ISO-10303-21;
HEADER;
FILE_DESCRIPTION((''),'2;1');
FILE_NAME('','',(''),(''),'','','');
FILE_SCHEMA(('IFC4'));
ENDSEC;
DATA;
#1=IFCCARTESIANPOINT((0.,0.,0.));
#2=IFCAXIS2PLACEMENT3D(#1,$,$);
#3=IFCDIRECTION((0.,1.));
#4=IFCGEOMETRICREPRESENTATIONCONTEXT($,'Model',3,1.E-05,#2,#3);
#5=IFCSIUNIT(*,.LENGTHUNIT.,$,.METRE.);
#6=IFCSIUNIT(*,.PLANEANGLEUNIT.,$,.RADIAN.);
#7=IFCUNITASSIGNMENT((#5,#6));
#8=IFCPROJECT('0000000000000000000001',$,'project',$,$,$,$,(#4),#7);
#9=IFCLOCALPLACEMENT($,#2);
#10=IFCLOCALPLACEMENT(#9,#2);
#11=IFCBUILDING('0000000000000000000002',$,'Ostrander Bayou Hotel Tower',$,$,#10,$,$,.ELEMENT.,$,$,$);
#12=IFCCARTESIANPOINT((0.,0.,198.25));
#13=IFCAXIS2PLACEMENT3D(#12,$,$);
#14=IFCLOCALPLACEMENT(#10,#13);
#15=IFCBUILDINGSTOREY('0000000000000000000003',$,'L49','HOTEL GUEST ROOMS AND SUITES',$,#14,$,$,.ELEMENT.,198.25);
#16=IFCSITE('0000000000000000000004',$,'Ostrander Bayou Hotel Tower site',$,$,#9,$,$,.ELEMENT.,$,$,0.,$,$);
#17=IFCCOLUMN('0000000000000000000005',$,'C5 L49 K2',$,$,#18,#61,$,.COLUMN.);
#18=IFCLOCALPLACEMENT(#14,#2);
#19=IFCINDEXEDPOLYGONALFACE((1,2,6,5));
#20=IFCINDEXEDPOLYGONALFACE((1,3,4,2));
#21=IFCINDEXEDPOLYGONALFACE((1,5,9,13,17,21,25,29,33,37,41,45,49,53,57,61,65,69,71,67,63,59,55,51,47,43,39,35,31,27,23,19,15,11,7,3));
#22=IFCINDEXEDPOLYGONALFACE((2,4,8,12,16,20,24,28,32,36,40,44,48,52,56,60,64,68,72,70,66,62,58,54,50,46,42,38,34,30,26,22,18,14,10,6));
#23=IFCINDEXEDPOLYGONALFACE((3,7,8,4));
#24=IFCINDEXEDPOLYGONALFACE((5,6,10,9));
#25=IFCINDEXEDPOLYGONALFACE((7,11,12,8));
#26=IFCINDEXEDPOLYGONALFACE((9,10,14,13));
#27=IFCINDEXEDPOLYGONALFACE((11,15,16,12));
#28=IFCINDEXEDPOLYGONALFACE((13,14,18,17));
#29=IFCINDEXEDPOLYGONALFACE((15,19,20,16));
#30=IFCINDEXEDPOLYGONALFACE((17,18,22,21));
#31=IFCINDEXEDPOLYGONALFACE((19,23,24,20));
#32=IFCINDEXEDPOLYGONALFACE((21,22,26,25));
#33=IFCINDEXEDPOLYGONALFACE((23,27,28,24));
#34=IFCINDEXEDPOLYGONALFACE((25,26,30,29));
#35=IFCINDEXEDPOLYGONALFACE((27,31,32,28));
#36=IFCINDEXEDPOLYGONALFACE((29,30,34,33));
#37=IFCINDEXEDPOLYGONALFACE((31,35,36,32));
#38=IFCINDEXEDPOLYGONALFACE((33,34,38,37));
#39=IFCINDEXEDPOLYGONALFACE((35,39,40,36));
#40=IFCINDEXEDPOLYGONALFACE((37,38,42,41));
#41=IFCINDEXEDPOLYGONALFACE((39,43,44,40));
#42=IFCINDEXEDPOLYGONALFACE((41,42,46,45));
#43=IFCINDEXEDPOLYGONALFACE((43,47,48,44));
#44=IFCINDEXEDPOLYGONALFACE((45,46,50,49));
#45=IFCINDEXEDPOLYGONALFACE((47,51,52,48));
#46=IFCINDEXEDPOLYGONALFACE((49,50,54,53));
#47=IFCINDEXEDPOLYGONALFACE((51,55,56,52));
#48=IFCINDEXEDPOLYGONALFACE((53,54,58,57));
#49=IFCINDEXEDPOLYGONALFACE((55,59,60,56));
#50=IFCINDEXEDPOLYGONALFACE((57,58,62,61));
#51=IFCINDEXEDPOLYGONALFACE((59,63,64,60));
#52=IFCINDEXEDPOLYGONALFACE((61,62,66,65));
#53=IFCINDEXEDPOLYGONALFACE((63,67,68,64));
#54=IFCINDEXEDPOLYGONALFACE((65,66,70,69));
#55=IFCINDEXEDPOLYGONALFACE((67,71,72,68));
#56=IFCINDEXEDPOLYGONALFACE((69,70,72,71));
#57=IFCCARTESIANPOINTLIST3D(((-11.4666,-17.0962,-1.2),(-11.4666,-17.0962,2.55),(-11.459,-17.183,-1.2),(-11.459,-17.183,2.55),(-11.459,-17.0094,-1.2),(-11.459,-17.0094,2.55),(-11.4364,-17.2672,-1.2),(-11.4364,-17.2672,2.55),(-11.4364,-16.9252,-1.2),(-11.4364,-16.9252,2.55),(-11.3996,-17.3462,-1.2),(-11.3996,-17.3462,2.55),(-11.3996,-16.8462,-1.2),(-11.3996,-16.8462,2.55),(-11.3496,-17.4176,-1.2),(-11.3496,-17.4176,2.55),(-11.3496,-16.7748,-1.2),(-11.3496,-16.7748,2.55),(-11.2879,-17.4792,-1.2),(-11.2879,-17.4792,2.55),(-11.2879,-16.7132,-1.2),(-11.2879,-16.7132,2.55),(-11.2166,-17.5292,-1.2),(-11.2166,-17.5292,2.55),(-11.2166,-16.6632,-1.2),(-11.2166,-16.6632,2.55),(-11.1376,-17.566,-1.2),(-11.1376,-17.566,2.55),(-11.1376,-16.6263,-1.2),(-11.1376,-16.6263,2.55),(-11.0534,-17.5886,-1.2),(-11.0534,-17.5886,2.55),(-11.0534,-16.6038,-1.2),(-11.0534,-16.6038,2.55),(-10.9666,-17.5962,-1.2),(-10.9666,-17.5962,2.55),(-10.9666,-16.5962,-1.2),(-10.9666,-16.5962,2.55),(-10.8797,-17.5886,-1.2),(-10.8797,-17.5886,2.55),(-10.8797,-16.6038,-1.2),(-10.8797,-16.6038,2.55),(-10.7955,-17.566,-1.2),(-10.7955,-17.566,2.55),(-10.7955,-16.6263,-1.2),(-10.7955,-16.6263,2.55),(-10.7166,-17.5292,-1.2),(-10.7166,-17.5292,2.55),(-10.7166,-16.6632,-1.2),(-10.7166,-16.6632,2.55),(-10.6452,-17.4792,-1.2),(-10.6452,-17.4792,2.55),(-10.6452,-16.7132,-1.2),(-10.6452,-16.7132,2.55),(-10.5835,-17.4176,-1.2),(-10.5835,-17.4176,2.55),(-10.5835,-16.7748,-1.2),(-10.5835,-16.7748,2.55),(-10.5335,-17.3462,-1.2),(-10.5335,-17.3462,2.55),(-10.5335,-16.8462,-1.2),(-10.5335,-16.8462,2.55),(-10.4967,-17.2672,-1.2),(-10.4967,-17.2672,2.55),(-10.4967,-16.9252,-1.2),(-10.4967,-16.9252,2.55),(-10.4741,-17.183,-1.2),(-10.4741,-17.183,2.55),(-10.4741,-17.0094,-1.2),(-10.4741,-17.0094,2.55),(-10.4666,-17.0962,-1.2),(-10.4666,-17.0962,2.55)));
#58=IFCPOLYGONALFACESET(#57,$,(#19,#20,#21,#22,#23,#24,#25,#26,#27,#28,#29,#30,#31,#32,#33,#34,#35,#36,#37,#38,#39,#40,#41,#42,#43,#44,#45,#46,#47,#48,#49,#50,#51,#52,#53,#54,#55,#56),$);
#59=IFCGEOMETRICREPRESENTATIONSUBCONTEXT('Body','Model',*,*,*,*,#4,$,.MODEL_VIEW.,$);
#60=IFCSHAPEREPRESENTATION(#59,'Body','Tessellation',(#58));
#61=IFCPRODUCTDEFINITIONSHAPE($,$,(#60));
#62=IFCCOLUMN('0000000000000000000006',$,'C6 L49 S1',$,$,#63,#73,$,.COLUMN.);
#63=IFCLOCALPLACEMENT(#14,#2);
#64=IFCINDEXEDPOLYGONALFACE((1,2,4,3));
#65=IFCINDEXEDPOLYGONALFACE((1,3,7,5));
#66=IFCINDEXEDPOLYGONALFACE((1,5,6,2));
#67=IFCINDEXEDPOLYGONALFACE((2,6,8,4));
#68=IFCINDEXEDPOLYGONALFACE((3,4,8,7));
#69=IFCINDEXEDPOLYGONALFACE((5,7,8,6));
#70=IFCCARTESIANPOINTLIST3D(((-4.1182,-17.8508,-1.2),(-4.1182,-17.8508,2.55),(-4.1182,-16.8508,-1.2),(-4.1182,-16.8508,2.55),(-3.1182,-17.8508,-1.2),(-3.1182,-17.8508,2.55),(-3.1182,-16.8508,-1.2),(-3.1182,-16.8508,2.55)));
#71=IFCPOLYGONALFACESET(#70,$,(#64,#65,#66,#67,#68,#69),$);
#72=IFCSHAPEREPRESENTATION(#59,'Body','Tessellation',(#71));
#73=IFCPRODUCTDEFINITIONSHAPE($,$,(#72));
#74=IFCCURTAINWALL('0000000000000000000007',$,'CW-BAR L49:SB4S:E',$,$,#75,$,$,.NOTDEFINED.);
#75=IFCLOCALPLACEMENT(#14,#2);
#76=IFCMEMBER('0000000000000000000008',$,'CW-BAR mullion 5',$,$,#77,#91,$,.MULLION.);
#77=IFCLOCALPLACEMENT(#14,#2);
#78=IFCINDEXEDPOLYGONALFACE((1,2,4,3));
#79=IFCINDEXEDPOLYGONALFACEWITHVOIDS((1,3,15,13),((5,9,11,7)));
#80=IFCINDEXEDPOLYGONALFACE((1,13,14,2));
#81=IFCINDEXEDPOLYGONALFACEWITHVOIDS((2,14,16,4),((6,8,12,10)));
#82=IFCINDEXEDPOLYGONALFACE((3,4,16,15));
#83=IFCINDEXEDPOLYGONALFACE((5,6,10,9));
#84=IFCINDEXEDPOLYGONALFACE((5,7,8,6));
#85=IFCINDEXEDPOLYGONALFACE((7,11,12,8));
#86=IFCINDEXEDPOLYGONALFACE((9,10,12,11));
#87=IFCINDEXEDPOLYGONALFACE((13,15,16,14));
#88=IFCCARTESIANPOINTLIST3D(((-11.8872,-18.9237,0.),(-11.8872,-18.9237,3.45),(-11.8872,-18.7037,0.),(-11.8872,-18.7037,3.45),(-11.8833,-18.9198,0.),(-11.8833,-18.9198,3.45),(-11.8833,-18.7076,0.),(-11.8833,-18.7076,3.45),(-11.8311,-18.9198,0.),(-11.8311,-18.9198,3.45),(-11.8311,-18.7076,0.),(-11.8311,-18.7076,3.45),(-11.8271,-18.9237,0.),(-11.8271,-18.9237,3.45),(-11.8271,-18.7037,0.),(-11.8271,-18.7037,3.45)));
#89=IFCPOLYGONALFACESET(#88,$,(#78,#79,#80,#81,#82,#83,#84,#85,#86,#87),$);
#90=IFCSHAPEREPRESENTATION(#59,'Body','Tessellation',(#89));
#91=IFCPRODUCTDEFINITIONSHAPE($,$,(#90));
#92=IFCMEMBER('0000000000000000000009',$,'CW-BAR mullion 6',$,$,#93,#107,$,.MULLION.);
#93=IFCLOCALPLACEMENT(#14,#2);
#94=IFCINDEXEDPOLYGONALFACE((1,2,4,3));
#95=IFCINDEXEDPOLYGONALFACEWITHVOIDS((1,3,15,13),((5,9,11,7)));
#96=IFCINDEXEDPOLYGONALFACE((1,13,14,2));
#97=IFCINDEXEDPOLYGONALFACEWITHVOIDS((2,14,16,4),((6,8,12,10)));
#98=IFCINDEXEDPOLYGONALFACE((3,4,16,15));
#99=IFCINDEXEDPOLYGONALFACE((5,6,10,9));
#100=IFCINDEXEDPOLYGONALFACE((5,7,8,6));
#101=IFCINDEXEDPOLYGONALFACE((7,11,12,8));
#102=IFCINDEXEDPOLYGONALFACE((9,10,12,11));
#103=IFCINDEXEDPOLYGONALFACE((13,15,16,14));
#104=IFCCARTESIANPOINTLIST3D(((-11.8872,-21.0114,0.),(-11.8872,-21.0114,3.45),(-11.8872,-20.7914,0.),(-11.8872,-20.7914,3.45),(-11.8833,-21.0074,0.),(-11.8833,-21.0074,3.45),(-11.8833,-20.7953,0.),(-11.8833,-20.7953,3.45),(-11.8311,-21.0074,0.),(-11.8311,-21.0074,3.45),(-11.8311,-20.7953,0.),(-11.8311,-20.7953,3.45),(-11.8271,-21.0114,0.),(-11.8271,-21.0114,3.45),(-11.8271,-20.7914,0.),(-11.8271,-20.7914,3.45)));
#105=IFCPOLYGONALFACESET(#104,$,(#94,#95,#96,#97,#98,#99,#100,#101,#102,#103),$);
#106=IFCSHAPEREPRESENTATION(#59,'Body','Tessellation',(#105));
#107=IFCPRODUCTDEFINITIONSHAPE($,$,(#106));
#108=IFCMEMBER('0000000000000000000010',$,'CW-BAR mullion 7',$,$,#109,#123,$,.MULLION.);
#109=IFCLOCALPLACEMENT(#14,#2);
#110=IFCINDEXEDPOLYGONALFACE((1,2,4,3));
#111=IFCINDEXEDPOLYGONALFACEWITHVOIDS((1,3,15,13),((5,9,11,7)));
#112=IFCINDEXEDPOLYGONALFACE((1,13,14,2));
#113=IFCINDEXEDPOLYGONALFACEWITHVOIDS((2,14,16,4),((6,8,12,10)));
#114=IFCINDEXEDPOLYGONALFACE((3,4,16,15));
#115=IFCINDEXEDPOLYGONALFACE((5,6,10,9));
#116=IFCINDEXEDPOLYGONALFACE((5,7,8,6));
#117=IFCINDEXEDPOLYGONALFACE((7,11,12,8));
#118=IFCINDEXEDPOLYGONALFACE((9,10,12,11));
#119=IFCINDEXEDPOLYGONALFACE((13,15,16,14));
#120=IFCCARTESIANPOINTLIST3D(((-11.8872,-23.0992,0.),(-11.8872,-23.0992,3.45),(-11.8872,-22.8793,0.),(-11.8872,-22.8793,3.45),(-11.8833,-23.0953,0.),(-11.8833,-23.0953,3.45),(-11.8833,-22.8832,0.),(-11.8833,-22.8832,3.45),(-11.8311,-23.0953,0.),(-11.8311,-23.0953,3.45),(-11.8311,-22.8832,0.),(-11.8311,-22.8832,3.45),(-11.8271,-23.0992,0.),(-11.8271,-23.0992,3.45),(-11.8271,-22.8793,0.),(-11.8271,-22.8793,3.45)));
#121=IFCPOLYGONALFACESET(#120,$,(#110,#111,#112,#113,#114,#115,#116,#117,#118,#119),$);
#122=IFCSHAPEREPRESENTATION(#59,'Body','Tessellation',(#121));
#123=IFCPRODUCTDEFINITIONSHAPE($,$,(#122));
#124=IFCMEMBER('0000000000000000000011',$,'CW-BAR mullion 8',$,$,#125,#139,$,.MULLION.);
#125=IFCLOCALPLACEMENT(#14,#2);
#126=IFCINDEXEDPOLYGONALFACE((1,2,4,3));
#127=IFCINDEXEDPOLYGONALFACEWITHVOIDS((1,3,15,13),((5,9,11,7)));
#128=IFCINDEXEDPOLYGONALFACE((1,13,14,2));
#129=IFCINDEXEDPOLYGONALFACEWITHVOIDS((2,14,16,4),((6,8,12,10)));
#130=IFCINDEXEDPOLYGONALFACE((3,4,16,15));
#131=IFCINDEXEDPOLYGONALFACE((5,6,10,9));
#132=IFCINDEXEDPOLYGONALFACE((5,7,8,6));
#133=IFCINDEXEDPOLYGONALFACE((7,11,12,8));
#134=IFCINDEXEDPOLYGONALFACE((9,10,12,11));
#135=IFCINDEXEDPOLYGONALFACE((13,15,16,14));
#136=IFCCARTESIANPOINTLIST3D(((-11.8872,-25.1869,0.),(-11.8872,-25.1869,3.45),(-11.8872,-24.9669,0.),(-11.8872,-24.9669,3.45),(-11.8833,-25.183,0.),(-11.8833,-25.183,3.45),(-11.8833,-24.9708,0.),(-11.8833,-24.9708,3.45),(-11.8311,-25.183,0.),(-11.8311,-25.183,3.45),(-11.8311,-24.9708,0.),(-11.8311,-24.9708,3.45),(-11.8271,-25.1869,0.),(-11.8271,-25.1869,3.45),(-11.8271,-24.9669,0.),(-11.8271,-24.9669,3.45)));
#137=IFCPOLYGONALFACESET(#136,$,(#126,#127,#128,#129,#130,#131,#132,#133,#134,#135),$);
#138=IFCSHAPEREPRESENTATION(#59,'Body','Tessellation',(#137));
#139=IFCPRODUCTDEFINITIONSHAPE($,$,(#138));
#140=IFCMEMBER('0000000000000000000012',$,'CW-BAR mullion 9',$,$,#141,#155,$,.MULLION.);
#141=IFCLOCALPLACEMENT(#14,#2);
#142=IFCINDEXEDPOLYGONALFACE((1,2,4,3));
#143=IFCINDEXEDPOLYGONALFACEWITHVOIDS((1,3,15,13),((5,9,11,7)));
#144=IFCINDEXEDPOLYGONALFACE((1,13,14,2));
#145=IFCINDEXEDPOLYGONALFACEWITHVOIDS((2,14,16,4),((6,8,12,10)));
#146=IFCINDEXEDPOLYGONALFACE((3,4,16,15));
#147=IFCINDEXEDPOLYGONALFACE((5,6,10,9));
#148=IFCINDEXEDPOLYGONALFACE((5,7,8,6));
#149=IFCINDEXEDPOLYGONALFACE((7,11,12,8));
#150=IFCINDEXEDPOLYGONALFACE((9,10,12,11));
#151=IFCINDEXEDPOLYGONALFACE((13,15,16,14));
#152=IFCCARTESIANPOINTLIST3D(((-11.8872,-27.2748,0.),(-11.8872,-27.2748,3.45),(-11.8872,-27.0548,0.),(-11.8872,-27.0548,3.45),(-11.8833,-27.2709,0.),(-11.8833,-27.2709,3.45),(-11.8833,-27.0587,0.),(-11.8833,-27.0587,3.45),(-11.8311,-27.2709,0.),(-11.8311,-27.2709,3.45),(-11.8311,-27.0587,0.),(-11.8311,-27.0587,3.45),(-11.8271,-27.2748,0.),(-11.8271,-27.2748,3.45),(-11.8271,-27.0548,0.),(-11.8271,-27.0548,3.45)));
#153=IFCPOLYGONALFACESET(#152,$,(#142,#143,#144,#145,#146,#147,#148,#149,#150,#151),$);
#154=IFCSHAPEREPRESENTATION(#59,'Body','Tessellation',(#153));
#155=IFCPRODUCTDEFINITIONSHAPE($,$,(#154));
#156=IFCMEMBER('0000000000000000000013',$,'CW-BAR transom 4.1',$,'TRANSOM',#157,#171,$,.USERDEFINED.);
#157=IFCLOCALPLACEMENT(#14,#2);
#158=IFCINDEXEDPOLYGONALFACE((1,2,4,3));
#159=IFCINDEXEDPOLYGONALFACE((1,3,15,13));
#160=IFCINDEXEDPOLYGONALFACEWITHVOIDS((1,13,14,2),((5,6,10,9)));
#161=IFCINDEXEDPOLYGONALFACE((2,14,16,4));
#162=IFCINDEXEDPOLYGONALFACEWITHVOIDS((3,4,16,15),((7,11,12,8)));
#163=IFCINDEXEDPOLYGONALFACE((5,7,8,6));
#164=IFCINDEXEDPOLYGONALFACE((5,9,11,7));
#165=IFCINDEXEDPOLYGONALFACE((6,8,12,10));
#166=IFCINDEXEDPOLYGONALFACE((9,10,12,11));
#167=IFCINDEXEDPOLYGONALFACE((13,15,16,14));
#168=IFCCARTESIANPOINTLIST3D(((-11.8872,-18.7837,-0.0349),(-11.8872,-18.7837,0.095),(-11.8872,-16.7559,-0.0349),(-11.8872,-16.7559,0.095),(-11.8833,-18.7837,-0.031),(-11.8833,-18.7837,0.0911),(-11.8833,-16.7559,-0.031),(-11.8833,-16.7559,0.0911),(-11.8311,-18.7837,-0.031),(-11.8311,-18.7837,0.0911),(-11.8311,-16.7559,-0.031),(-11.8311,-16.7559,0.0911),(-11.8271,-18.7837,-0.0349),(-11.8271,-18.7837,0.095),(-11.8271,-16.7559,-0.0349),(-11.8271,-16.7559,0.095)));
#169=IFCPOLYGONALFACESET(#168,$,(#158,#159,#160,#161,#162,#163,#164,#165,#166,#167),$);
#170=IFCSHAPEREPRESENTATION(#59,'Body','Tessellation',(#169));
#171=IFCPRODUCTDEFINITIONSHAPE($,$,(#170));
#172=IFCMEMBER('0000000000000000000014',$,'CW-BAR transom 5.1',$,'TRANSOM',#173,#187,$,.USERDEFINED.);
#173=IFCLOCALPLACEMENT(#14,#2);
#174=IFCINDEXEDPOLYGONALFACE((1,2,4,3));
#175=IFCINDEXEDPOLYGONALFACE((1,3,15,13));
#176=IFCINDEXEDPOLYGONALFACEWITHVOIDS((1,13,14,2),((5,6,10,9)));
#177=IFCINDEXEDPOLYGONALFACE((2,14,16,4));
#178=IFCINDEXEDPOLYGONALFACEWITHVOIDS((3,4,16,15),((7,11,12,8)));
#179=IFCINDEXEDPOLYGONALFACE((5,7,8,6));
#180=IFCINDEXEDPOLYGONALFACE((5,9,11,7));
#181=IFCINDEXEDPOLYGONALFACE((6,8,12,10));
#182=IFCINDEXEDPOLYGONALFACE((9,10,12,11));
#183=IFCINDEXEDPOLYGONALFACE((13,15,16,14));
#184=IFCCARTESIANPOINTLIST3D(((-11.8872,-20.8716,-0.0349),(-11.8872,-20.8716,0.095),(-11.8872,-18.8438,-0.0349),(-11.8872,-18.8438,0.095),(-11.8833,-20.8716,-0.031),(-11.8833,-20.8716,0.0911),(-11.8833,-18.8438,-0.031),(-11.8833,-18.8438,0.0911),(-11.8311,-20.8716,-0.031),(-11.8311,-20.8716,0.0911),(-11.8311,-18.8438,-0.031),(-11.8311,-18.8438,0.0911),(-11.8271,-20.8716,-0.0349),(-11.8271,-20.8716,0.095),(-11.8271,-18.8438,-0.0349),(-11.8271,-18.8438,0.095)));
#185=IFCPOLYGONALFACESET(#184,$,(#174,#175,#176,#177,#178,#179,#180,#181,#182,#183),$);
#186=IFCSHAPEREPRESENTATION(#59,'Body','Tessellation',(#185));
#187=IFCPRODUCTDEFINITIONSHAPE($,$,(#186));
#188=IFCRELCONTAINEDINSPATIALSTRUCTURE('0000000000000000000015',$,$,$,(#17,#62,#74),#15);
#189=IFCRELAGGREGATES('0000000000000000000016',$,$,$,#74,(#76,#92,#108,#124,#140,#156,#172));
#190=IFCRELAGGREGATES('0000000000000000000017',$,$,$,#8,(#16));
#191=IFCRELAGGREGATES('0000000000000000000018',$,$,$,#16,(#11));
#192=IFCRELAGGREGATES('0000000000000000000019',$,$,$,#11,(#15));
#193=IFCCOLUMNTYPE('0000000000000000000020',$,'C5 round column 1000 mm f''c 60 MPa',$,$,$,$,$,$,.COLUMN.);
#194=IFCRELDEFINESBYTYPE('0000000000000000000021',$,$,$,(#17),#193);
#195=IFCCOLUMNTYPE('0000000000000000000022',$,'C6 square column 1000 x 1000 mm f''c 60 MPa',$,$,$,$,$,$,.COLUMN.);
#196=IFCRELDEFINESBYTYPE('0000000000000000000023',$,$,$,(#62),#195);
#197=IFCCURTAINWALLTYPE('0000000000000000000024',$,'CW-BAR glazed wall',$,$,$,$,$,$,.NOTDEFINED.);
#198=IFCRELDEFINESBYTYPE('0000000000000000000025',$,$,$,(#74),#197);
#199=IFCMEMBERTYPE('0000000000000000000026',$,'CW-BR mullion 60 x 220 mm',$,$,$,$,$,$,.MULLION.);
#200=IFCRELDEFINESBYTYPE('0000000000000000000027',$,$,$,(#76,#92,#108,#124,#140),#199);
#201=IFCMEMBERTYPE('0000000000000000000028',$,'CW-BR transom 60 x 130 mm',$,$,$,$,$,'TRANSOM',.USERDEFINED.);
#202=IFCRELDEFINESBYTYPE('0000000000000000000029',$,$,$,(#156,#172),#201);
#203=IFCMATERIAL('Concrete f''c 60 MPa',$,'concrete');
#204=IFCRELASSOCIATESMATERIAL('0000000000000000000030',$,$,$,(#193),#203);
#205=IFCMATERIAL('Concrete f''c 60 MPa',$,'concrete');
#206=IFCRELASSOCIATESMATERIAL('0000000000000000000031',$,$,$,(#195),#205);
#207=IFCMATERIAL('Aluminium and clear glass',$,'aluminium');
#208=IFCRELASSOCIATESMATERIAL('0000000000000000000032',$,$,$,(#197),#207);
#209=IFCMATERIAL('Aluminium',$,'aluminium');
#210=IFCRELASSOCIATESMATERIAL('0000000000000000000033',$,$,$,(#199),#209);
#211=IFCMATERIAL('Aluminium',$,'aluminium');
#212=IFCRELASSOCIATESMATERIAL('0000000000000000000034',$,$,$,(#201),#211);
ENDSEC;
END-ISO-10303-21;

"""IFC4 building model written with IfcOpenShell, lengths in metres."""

from ifc_helpers import new_model, si_unit, direction, frame, origin, origin_2d, place, context, subcontext, project, spatial, rectangle, hollow_rectangle, circle, extrude, material, material_profile, profile_set, type_object, element, aggregate, save


model = new_model("IFC4")

# Units and contexts
model_context = context("Model", 3, precision=1e-05, world=origin(), true_north=direction((0.0, 1.0)))
body_context = subcontext(model_context, "Body", "Model", "MODEL_VIEW")
ifc_project = project(units=[si_unit("LENGTHUNIT", "METRE"), si_unit("PLANEANGLEUNIT", "RADIAN")], contexts=[model_context])

# Site, building, storey
site_placement = place(None, origin())
site = spatial("IfcSite", under=ifc_project, at=site_placement, Name="Ostrander Bayou Hotel Tower site", CompositionType="ELEMENT", RefElevation=0.0)
building_placement = place(site_placement, origin())
building = spatial("IfcBuilding", under=site, at=building_placement, Name="Ostrander Bayou Hotel Tower", CompositionType="ELEMENT")
storey_placement = place(building_placement, frame((0.0, 0.0, 198.25)))
storey = spatial("IfcBuildingStorey", under=building, at=storey_placement, Name="L49", Description="HOTEL GUEST ROOMS AND SUITES", CompositionType="ELEMENT", Elevation=198.25)

# Columns
ifc_material_1 = material(Name="Concrete f'c 60 MPa", Category="concrete")
ifc_material_profile_1 = material_profile(ifc_material_1, circle(Radius=0.5, at=origin_2d()))
ifc_profile_set_1 = profile_set([ifc_material_profile_1], Name="Concrete f'c 60 MPa")
column_type_1 = type_object("IfcColumnType", Name="C5 round column 1000 mm f'c 60 MPa", PredefinedType="COLUMN", material=ifc_profile_set_1)
column_1_placement = place(storey_placement, frame((-10.9666, -17.0962, -1.2), z_axis=(0.0, 0.0, 1.0), x_axis=(1.0, 0.0, 0.0)))
element("IfcColumn", 1, at=column_1_placement, inside=storey, type_object=column_type_1, Name="C5 L49 K2", PredefinedType="COLUMN", context=body_context, shape_type="SweptSolid", body=[
    extrude(circle(Radius=0.5, at=origin_2d()), origin(), (0.0, 0.0, 1.0), 3.75),
])
ifc_material_2 = material(Name="Concrete f'c 60 MPa", Category="concrete")
ifc_material_profile_2 = material_profile(ifc_material_2, rectangle(XDim=1.0, YDim=1.0, at=origin_2d()))
ifc_profile_set_2 = profile_set([ifc_material_profile_2], Name="Concrete f'c 60 MPa")
column_type_2 = type_object("IfcColumnType", Name="C6 square column 1000 x 1000 mm f'c 60 MPa", PredefinedType="COLUMN", material=ifc_profile_set_2)
column_2_placement = place(storey_placement, frame((-3.6182, -17.3508, -1.2), z_axis=(0.0, 0.0, 1.0), x_axis=(-1.0, 0.0, 0.0)))
element("IfcColumn", 2, at=column_2_placement, inside=storey, type_object=column_type_2, Name="C6 L49 S1", PredefinedType="COLUMN", context=body_context, shape_type="SweptSolid", body=[
    extrude(rectangle(XDim=1.0, YDim=1.0, at=origin_2d()), origin(), (0.0, 0.0, 1.0), 3.75),
])

# Curtain wall, members
ifc_material_3 = material(Name="Aluminium and clear glass", Category="aluminium")
curtain_wall_type = type_object("IfcCurtainWallType", Name="CW-BAR glazed wall", PredefinedType="NOTDEFINED", material=ifc_material_3)
curtain_wall_placement = place(storey_placement, origin())
curtain_wall = element("IfcCurtainWall", 3, at=curtain_wall_placement, inside=storey, type_object=curtain_wall_type, Name="CW-BAR L49:SB4S:E", PredefinedType="NOTDEFINED")
ifc_material_4 = material(Name="Aluminium", Category="aluminium")
ifc_material_profile_3 = material_profile(ifc_material_4, hollow_rectangle(XDim=0.0601, YDim=0.22, WallThickness=0.0039, at=origin_2d()))
ifc_profile_set_3 = profile_set([ifc_material_profile_3], Name="Aluminium")
member_type_1 = type_object("IfcMemberType", Name="CW-BR mullion 60 x 220 mm", PredefinedType="MULLION", material=ifc_profile_set_3)
member_1_placement = place(storey_placement, frame((-11.8572, -18.8137, 0.0), z_axis=(0.0, 0.0, 1.0), x_axis=(1.0, 0.0, 0.0)))
member_1 = element("IfcMember", 4, at=member_1_placement, type_object=member_type_1, Name="CW-BAR mullion 5", PredefinedType="MULLION", context=body_context, shape_type="SweptSolid", body=[
    extrude(hollow_rectangle(XDim=0.0601, YDim=0.22, WallThickness=0.0039, at=origin_2d()), origin(), (0.0, 0.0, 1.0), 3.45),
])
member_2_placement = place(storey_placement, frame((-11.8572, -20.9014, 0.0), z_axis=(0.0, 0.0, 1.0), x_axis=(1.0, 0.0, 0.0)))
member_2 = element("IfcMember", 5, at=member_2_placement, type_object=member_type_1, Name="CW-BAR mullion 6", PredefinedType="MULLION", context=body_context, shape_type="SweptSolid", body=[
    extrude(hollow_rectangle(XDim=0.0601, YDim=0.22, WallThickness=0.0039, at=origin_2d()), origin(), (0.0, 0.0, 1.0), 3.45),
])
member_3_placement = place(storey_placement, frame((-11.8572, -22.9893, 0.0), z_axis=(0.0, 0.0, 1.0), x_axis=(1.0, 0.0, 0.0)))
member_3 = element("IfcMember", 6, at=member_3_placement, type_object=member_type_1, Name="CW-BAR mullion 7", PredefinedType="MULLION", context=body_context, shape_type="SweptSolid", body=[
    extrude(hollow_rectangle(XDim=0.0601, YDim=0.22, WallThickness=0.0039, at=origin_2d()), origin(), (0.0, 0.0, 1.0), 3.45),
])
member_4_placement = place(storey_placement, frame((-11.8572, -25.0769, 0.0), z_axis=(0.0, 0.0, 1.0), x_axis=(1.0, 0.0, 0.0)))
member_4 = element("IfcMember", 7, at=member_4_placement, type_object=member_type_1, Name="CW-BAR mullion 8", PredefinedType="MULLION", context=body_context, shape_type="SweptSolid", body=[
    extrude(hollow_rectangle(XDim=0.0601, YDim=0.22, WallThickness=0.0039, at=origin_2d()), origin(), (0.0, 0.0, 1.0), 3.45),
])
member_5_placement = place(storey_placement, frame((-11.8572, -27.1648, 0.0), z_axis=(0.0, 0.0, 1.0), x_axis=(1.0, 0.0, 0.0)))
member_5 = element("IfcMember", 8, at=member_5_placement, type_object=member_type_1, Name="CW-BAR mullion 9", PredefinedType="MULLION", context=body_context, shape_type="SweptSolid", body=[
    extrude(hollow_rectangle(XDim=0.0601, YDim=0.22, WallThickness=0.0039, at=origin_2d()), origin(), (0.0, 0.0, 1.0), 3.45),
])
ifc_material_5 = material(Name="Aluminium", Category="aluminium")
ifc_material_profile_4 = material_profile(ifc_material_5, hollow_rectangle(XDim=0.0601, YDim=0.1299, WallThickness=0.0039, at=origin_2d()))
ifc_profile_set_4 = profile_set([ifc_material_profile_4], Name="Aluminium")
member_type_2 = type_object("IfcMemberType", Name="CW-BR transom 60 x 130 mm", ElementType="TRANSOM", PredefinedType="USERDEFINED", material=ifc_profile_set_4)
member_6_placement = place(storey_placement, frame((-11.8572, -16.7559, 0.03), z_axis=(0.0, -1.0, 0.0), x_axis=(1.0, 0.0, 0.0)))
member_6 = element("IfcMember", 9, at=member_6_placement, type_object=member_type_2, Name="CW-BAR transom 4.1", ObjectType="TRANSOM", PredefinedType="USERDEFINED", context=body_context, shape_type="SweptSolid", body=[
    extrude(hollow_rectangle(XDim=0.0601, YDim=0.1299, WallThickness=0.0039, at=origin_2d()), origin(), (0.0, 0.0, 1.0), 2.0278),
])
member_7_placement = place(storey_placement, frame((-11.8572, -18.8438, 0.03), z_axis=(0.0, -1.0, 0.0), x_axis=(1.0, 0.0, 0.0)))
member_7 = element("IfcMember", 10, at=member_7_placement, type_object=member_type_2, Name="CW-BAR transom 5.1", ObjectType="TRANSOM", PredefinedType="USERDEFINED", context=body_context, shape_type="SweptSolid", body=[
    extrude(hollow_rectangle(XDim=0.0601, YDim=0.1299, WallThickness=0.0039, at=origin_2d()), origin(), (0.0, 0.0, 1.0), 2.0278),
])

aggregate(curtain_wall, [member_1, member_2, member_3, member_4, member_5, member_6, member_7])

save(model, "model.ifc")
